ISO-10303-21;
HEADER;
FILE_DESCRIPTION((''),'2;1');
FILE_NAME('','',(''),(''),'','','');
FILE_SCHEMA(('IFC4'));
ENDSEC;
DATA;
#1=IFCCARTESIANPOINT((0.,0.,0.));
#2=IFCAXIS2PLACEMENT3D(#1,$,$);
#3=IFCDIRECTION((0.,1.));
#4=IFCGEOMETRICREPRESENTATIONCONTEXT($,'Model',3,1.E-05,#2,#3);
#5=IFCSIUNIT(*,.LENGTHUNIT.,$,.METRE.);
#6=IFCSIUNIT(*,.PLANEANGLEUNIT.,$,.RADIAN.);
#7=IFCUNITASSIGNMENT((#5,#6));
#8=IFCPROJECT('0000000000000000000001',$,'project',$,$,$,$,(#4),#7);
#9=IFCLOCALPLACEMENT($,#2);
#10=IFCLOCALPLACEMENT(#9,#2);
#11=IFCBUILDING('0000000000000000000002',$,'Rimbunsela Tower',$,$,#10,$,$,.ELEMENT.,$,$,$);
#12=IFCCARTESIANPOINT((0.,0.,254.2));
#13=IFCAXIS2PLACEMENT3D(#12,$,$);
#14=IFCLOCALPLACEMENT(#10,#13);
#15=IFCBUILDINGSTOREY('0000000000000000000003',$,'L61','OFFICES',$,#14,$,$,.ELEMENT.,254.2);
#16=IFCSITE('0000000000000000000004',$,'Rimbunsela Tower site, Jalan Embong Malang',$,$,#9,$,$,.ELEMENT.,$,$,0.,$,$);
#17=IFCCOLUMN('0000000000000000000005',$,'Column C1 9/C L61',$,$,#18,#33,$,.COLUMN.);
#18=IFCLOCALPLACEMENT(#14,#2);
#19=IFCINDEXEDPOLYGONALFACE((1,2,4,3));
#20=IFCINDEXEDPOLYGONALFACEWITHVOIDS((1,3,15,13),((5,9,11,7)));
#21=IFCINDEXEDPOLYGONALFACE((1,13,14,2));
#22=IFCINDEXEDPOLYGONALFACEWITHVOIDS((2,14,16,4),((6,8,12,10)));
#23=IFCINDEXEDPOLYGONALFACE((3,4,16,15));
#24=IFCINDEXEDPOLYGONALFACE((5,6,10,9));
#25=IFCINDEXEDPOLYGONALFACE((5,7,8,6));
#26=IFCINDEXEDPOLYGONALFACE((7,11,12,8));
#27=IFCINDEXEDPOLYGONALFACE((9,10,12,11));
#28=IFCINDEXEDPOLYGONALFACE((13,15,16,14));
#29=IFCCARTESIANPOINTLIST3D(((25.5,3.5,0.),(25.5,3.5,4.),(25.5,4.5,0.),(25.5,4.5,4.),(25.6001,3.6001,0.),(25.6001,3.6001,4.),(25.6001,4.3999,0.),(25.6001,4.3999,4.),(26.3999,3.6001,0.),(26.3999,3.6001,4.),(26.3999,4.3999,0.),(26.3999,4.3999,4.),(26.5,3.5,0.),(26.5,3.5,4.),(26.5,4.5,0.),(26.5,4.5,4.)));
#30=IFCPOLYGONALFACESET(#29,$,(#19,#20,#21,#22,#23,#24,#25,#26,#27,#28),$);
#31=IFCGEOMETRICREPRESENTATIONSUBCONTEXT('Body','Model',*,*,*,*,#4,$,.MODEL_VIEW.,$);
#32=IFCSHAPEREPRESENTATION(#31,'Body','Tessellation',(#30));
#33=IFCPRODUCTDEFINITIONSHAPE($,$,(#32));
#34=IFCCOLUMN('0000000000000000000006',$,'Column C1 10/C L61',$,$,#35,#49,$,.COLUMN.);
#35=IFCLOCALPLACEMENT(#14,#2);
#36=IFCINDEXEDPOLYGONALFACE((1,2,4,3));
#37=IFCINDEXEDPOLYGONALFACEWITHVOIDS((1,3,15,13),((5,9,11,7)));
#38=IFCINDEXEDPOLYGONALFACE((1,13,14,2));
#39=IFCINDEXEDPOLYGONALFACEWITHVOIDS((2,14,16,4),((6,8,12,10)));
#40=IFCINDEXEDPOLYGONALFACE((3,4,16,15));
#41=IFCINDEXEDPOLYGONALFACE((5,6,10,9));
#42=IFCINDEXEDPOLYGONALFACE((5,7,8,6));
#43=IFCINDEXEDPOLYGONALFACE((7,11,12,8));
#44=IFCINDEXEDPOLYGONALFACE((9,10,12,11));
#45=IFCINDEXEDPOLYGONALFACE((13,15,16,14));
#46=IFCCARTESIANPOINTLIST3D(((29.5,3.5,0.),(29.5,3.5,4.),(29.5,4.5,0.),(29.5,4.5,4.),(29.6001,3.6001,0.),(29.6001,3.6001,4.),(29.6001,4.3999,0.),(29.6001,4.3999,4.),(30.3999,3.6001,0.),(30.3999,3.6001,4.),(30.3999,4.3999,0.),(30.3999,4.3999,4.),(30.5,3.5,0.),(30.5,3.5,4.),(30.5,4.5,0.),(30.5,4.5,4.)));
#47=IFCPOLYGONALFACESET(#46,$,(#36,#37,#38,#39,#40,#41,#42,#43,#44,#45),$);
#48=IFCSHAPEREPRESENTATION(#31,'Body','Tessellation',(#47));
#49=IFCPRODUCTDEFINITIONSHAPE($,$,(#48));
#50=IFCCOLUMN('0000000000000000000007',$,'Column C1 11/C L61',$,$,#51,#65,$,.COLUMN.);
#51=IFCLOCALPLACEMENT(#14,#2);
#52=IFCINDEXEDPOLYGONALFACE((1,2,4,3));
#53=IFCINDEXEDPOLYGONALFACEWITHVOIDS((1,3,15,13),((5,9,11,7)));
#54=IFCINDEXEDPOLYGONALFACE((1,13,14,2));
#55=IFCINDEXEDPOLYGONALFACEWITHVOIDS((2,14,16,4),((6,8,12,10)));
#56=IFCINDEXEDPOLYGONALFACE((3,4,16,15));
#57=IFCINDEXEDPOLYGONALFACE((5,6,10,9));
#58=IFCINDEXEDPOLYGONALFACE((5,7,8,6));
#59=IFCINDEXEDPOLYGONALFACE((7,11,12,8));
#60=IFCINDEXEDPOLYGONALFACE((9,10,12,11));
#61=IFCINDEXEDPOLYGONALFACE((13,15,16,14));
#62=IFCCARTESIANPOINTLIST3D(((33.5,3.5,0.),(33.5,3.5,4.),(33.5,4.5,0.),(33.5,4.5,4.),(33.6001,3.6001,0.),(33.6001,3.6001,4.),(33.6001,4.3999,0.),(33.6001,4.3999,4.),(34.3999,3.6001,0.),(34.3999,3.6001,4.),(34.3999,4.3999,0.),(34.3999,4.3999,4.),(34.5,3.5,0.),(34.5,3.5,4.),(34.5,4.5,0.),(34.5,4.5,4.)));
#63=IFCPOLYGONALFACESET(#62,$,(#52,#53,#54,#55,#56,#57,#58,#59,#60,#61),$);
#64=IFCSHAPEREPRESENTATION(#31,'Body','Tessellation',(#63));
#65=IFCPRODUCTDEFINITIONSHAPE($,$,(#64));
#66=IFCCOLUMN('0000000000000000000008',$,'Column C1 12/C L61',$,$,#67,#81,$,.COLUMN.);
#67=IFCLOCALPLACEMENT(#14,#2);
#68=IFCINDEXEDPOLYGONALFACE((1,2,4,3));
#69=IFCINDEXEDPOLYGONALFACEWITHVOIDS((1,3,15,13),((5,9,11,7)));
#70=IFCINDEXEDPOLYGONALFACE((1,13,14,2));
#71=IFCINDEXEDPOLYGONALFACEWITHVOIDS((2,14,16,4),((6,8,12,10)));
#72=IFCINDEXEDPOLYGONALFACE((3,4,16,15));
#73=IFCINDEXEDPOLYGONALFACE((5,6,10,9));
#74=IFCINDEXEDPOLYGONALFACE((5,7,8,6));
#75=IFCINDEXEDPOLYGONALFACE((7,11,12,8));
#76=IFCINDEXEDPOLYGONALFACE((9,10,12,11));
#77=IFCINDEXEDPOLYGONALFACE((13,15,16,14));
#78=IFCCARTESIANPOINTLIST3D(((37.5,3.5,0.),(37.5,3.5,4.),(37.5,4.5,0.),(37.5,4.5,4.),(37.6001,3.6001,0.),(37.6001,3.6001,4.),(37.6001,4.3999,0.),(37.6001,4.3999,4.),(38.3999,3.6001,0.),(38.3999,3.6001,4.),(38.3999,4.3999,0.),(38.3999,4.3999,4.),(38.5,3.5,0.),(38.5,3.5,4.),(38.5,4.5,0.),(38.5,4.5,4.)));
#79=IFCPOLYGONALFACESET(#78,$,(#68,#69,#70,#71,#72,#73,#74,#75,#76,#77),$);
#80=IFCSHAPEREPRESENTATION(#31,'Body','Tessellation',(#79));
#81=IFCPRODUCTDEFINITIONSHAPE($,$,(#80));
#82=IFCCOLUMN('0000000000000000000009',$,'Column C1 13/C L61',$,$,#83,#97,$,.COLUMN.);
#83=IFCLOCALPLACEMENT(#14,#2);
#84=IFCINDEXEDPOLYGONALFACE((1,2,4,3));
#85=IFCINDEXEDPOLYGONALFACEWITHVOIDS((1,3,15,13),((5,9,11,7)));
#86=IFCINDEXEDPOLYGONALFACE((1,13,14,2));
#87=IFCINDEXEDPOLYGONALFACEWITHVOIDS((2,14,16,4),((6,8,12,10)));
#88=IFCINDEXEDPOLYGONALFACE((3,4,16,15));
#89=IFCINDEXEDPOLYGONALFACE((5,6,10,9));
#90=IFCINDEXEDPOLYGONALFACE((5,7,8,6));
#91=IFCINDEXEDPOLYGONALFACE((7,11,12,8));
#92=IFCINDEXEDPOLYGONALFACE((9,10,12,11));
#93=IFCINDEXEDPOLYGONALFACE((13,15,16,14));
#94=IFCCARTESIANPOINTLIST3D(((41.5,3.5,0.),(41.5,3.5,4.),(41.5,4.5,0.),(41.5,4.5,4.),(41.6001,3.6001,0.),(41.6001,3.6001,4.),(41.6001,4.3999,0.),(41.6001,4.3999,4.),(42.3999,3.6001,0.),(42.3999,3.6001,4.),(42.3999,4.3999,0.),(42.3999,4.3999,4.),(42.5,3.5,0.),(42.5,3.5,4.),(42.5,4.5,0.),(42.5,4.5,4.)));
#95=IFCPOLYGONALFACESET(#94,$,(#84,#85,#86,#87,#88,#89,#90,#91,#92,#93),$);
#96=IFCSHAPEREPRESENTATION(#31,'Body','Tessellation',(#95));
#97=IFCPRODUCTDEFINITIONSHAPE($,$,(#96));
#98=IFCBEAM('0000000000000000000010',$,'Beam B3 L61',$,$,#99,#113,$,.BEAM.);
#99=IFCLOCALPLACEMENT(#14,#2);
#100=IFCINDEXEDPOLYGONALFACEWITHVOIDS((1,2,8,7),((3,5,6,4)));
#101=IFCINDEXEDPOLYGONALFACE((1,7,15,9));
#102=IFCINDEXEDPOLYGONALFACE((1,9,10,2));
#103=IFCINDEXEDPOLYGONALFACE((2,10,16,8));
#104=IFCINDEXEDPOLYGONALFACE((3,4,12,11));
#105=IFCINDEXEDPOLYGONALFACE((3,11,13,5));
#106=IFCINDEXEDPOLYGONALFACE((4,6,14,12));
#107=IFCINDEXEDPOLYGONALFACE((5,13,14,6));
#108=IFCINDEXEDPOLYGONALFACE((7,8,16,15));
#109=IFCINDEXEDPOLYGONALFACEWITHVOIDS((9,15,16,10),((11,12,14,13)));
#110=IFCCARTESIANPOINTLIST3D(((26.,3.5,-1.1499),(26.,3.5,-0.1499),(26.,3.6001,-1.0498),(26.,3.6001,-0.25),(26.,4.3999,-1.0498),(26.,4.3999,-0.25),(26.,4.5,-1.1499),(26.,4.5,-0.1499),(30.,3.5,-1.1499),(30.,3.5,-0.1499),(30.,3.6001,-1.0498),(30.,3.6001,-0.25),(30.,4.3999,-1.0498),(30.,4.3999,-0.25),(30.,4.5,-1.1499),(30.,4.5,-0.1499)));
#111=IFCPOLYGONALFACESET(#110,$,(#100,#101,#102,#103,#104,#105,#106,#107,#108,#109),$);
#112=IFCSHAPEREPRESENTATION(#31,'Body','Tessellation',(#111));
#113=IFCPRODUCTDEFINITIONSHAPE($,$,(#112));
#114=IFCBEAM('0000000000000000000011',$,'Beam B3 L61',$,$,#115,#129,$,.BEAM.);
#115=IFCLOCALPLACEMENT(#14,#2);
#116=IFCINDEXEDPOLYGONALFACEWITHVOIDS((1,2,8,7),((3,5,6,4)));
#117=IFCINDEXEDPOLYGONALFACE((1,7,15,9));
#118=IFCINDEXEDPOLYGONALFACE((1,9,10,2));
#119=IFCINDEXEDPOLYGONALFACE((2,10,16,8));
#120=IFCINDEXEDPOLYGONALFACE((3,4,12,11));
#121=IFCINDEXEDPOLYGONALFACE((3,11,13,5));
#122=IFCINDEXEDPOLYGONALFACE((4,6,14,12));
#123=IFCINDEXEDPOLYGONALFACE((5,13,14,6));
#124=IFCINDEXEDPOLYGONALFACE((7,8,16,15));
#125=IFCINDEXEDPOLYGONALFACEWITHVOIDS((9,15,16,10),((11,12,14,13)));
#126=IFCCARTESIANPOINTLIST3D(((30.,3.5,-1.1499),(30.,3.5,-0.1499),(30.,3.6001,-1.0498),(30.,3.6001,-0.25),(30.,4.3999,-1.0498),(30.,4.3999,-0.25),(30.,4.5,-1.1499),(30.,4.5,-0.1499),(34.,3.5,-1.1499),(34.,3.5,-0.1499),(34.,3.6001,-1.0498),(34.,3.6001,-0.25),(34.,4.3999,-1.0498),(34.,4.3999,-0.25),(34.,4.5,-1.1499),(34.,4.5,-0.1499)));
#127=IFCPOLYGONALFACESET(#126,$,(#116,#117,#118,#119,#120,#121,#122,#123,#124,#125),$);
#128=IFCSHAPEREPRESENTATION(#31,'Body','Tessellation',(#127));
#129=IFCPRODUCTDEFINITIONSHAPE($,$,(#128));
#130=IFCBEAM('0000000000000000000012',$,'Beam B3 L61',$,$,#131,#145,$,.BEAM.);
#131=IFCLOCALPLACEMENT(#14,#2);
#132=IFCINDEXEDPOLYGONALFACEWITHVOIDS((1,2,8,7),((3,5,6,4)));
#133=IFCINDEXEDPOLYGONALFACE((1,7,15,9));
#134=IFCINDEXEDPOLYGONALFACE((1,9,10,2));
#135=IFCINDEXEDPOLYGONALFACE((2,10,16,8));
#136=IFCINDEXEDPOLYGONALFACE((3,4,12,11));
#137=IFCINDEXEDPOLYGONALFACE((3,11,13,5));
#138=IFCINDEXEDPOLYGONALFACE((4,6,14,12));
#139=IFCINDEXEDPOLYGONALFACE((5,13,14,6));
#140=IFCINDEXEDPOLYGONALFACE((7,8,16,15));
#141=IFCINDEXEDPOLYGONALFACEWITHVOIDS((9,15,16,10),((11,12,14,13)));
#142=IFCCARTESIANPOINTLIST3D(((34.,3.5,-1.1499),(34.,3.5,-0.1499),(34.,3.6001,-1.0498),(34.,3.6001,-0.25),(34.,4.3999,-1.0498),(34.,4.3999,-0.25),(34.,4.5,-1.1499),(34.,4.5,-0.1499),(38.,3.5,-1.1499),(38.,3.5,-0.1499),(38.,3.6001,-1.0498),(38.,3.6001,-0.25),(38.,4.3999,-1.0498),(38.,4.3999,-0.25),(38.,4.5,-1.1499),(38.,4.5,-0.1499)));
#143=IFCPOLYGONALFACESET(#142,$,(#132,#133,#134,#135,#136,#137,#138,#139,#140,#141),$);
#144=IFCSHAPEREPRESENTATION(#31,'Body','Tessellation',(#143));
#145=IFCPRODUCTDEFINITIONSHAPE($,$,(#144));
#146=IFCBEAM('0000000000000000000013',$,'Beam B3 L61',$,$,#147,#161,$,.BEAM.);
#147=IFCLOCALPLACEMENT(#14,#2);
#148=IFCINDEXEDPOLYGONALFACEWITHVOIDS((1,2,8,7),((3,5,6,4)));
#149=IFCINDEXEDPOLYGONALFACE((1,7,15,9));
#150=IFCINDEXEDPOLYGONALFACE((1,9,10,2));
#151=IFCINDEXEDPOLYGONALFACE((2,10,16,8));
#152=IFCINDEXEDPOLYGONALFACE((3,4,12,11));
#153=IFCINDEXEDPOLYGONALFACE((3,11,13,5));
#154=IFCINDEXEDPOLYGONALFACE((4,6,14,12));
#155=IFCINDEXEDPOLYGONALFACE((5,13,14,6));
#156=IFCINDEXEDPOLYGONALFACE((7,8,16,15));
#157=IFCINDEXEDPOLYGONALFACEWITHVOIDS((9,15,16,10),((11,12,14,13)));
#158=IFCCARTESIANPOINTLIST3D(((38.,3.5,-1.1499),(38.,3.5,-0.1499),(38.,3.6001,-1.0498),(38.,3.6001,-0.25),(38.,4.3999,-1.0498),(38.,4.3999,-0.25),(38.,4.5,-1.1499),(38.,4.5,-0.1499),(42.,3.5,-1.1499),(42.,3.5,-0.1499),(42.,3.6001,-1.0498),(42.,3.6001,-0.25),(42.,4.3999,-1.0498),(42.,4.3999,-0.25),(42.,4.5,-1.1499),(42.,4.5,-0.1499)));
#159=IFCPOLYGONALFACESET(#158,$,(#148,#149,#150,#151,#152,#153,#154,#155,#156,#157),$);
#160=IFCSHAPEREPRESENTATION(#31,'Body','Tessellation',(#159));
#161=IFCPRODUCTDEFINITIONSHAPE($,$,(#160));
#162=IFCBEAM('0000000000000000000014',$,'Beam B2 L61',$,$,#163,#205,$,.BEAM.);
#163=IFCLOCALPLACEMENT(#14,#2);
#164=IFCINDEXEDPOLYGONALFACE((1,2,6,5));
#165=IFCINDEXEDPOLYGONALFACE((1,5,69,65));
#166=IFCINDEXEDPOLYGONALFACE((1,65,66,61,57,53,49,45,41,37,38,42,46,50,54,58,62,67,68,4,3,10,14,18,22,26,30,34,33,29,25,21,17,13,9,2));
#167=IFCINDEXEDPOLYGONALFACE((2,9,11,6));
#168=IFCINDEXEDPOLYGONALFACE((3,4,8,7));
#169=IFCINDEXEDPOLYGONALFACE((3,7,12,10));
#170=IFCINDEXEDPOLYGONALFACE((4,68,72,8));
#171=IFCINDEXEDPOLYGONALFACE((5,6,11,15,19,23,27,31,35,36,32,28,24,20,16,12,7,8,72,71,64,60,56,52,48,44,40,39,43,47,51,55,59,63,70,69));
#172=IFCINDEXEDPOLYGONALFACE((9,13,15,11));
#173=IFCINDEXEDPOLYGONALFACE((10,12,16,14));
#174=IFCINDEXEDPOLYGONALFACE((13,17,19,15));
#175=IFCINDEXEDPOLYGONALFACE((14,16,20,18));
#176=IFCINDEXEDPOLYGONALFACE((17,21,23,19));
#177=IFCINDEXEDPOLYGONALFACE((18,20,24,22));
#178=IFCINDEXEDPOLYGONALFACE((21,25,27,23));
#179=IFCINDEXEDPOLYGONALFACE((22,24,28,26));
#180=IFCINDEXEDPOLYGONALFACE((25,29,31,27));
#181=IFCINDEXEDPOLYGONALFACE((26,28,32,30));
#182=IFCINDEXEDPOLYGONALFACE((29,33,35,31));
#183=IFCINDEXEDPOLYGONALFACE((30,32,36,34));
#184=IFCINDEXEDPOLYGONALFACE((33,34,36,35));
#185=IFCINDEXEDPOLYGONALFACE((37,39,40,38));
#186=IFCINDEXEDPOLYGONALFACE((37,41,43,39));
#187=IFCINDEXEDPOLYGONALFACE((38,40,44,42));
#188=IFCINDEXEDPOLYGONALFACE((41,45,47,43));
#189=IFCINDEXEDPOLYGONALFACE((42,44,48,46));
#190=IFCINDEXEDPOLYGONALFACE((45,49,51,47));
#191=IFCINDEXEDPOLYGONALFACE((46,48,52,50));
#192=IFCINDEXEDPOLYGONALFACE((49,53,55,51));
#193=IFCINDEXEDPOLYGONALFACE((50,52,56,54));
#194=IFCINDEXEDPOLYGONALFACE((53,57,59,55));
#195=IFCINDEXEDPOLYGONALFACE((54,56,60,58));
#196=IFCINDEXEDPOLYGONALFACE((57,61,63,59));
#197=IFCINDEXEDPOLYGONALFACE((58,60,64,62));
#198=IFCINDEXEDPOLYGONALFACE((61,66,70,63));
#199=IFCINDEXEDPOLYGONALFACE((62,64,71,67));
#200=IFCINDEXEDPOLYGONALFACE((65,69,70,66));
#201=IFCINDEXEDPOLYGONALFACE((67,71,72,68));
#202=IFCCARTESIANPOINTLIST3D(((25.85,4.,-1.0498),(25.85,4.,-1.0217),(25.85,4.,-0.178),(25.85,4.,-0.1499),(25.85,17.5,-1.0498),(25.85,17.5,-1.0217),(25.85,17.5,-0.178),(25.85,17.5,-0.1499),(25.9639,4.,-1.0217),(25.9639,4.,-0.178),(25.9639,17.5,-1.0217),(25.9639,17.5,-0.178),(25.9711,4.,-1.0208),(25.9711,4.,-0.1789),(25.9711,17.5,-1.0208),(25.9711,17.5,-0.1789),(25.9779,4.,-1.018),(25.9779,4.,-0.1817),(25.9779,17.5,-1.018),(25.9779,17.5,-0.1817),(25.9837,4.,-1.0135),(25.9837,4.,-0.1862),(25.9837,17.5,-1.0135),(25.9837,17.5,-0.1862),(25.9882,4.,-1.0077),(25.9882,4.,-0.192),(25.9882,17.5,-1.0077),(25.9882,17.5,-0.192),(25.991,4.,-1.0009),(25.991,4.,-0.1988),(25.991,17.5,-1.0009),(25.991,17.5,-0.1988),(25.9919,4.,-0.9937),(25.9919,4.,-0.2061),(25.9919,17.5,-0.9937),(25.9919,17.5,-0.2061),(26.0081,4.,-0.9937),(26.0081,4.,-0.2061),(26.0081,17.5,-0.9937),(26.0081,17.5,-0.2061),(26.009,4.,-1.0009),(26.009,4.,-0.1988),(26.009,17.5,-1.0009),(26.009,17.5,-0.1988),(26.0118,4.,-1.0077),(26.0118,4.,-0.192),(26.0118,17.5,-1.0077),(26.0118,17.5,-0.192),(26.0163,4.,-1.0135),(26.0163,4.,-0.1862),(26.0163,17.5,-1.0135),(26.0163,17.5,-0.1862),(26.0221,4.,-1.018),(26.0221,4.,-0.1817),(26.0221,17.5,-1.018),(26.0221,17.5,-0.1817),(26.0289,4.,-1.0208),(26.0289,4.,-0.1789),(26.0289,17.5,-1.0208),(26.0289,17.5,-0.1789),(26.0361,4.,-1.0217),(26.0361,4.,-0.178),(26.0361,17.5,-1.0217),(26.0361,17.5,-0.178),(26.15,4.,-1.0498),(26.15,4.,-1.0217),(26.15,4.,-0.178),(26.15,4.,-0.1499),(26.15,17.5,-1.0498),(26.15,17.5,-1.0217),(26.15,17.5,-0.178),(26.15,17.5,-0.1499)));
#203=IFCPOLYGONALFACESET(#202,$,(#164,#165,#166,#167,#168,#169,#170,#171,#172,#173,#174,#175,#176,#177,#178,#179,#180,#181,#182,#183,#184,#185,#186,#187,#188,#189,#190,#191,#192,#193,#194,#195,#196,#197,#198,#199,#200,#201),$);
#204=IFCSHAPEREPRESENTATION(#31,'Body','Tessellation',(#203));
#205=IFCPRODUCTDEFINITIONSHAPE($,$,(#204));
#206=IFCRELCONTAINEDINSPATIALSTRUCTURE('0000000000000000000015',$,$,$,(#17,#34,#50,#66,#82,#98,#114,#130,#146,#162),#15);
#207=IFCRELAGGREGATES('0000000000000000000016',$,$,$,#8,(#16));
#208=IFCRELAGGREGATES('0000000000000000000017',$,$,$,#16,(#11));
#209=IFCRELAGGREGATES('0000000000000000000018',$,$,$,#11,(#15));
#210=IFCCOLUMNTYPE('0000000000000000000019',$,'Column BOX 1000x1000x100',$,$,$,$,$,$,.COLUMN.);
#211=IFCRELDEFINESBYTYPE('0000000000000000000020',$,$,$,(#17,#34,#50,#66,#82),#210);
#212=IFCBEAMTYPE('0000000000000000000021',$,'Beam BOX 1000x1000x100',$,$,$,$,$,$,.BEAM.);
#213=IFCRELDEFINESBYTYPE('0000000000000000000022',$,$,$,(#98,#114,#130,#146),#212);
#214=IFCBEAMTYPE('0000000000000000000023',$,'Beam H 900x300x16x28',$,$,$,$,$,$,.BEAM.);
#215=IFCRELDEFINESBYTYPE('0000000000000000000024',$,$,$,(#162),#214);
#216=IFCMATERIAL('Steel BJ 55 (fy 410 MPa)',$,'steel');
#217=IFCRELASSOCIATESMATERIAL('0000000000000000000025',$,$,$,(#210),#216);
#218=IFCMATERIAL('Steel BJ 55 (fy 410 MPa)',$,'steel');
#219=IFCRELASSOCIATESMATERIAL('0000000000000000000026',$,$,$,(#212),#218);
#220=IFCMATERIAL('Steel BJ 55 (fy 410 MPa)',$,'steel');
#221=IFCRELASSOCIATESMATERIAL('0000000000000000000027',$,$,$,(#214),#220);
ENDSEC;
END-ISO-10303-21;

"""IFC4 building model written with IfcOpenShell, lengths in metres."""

from ifc_helpers import new_model, si_unit, direction, frame, origin, origin_2d, place, context, subcontext, project, spatial, hollow_rectangle, i_section, extrude, material, material_profile, profile_set, type_object, element, save


model = new_model("IFC4")

# Units and contexts
model_context = context("Model", 3, precision=1e-05, world=origin(), true_north=direction((0.0, 1.0)))
body_context = subcontext(model_context, "Body", "Model", "MODEL_VIEW")
ifc_project = project(units=[si_unit("LENGTHUNIT", "METRE"), si_unit("PLANEANGLEUNIT", "RADIAN")], contexts=[model_context])

# Site, building, storey
site_placement = place(None, origin())
site = spatial("IfcSite", under=ifc_project, at=site_placement, Name="Rimbunsela Tower site, Jalan Embong Malang", CompositionType="ELEMENT", RefElevation=0.0)
building_placement = place(site_placement, origin())
building = spatial("IfcBuilding", under=site, at=building_placement, Name="Rimbunsela Tower", CompositionType="ELEMENT")
storey_placement = place(building_placement, frame((0.0, 0.0, 254.2)))
storey = spatial("IfcBuildingStorey", under=building, at=storey_placement, Name="L61", Description="OFFICES", CompositionType="ELEMENT", Elevation=254.2)

# Columns
ifc_material_1 = material(Name="Steel BJ 55 (fy 410 MPa)", Category="steel")
ifc_material_profile_1 = material_profile(ifc_material_1, hollow_rectangle(XDim=1.0, YDim=1.0, WallThickness=0.1001, at=origin_2d()), Name="BOX 1000x1000x100")
ifc_profile_set_1 = profile_set([ifc_material_profile_1], Name="Steel BJ 55 (fy 410 MPa)")
column_type = type_object("IfcColumnType", Name="Column BOX 1000x1000x100", PredefinedType="COLUMN", material=ifc_profile_set_1)
for number, where, z_axis, x_axis, name in (
    (1, (26.0, 4.0, 0.0), (0.0, 0.0, 1.0), (1.0, 0.0, 0.0), "Column C1 9/C L61"),
    (2, (30.0, 4.0, 0.0), (0.0, 0.0, 1.0), (1.0, 0.0, 0.0), "Column C1 10/C L61"),
    (3, (34.0, 4.0, 0.0), (0.0, 0.0, 1.0), (1.0, 0.0, 0.0), "Column C1 11/C L61"),
    (4, (38.0, 4.0, 0.0), (0.0, 0.0, 1.0), (1.0, 0.0, 0.0), "Column C1 12/C L61"),
    (5, (42.0, 4.0, 0.0), (0.0, 0.0, 1.0), (1.0, 0.0, 0.0), "Column C1 13/C L61"),
):
    element("IfcColumn", number, at=place(storey_placement, frame(where, z_axis=z_axis, x_axis=x_axis)), inside=storey, type_object=column_type, Name=name, PredefinedType="COLUMN", context=body_context, shape_type="SweptSolid", body=[
        extrude(hollow_rectangle(XDim=1.0, YDim=1.0, WallThickness=0.1001, at=origin_2d()), origin(), (0.0, 0.0, 1.0), 4.0),
    ])

# Beams
ifc_material_2 = material(Name="Steel BJ 55 (fy 410 MPa)", Category="steel")
ifc_material_profile_2 = material_profile(ifc_material_2, hollow_rectangle(XDim=1.0, YDim=1.0, WallThickness=0.1001, at=origin_2d()), Name="BOX 1000x1000x100")
ifc_profile_set_2 = profile_set([ifc_material_profile_2], Name="Steel BJ 55 (fy 410 MPa)")
beam_type_1 = type_object("IfcBeamType", Name="Beam BOX 1000x1000x100", PredefinedType="BEAM", material=ifc_profile_set_2)
for number, where, z_axis, x_axis, name in (
    (6, (26.0, 4.0, -0.6499), (1.0, 0.0, 0.0), (0.0, 1.0, 0.0), "Beam B3 L61"),
    (7, (30.0, 4.0, -0.6499), (1.0, 0.0, 0.0), (0.0, 1.0, 0.0), "Beam B3 L61"),
    (8, (34.0, 4.0, -0.6499), (1.0, 0.0, 0.0), (0.0, 1.0, 0.0), "Beam B3 L61"),
    (9, (38.0, 4.0, -0.6499), (1.0, 0.0, 0.0), (0.0, 1.0, 0.0), "Beam B3 L61"),
):
    element("IfcBeam", number, at=place(storey_placement, frame(where, z_axis=z_axis, x_axis=x_axis)), inside=storey, type_object=beam_type_1, Name=name, PredefinedType="BEAM", context=body_context, shape_type="SweptSolid", body=[
        extrude(hollow_rectangle(XDim=1.0, YDim=1.0, WallThickness=0.1001, at=origin_2d()), origin(), (0.0, 0.0, 1.0), 4.0),
    ])
ifc_material_3 = material(Name="Steel BJ 55 (fy 410 MPa)", Category="steel")
ifc_material_profile_3 = material_profile(ifc_material_3, i_section(OverallWidth=0.3, OverallDepth=0.8999, WebThickness=0.0161, FlangeThickness=0.0281, FilletRadius=0.0281, at=origin_2d()), Name="H 900x300x16x28")
ifc_profile_set_3 = profile_set([ifc_material_profile_3], Name="Steel BJ 55 (fy 410 MPa)")
beam_type_2 = type_object("IfcBeamType", Name="Beam H 900x300x16x28", PredefinedType="BEAM", material=ifc_profile_set_3)
for number, where, z_axis, x_axis, name in (
    (10, (26.0, 4.0, -0.5999), (0.0, 1.0, 0.0), (-1.0, 0.0, 0.0), "Beam B2 L61"),
):
    element("IfcBeam", number, at=place(storey_placement, frame(where, z_axis=z_axis, x_axis=x_axis)), inside=storey, type_object=beam_type_2, Name=name, PredefinedType="BEAM", context=body_context, shape_type="SweptSolid", body=[
        extrude(i_section(OverallWidth=0.3, OverallDepth=0.8999, WebThickness=0.0161, FlangeThickness=0.0281, FilletRadius=0.0281, at=origin_2d()), origin(), (0.0, 0.0, 1.0), 13.5),
    ])

save(model, "model.ifc")
